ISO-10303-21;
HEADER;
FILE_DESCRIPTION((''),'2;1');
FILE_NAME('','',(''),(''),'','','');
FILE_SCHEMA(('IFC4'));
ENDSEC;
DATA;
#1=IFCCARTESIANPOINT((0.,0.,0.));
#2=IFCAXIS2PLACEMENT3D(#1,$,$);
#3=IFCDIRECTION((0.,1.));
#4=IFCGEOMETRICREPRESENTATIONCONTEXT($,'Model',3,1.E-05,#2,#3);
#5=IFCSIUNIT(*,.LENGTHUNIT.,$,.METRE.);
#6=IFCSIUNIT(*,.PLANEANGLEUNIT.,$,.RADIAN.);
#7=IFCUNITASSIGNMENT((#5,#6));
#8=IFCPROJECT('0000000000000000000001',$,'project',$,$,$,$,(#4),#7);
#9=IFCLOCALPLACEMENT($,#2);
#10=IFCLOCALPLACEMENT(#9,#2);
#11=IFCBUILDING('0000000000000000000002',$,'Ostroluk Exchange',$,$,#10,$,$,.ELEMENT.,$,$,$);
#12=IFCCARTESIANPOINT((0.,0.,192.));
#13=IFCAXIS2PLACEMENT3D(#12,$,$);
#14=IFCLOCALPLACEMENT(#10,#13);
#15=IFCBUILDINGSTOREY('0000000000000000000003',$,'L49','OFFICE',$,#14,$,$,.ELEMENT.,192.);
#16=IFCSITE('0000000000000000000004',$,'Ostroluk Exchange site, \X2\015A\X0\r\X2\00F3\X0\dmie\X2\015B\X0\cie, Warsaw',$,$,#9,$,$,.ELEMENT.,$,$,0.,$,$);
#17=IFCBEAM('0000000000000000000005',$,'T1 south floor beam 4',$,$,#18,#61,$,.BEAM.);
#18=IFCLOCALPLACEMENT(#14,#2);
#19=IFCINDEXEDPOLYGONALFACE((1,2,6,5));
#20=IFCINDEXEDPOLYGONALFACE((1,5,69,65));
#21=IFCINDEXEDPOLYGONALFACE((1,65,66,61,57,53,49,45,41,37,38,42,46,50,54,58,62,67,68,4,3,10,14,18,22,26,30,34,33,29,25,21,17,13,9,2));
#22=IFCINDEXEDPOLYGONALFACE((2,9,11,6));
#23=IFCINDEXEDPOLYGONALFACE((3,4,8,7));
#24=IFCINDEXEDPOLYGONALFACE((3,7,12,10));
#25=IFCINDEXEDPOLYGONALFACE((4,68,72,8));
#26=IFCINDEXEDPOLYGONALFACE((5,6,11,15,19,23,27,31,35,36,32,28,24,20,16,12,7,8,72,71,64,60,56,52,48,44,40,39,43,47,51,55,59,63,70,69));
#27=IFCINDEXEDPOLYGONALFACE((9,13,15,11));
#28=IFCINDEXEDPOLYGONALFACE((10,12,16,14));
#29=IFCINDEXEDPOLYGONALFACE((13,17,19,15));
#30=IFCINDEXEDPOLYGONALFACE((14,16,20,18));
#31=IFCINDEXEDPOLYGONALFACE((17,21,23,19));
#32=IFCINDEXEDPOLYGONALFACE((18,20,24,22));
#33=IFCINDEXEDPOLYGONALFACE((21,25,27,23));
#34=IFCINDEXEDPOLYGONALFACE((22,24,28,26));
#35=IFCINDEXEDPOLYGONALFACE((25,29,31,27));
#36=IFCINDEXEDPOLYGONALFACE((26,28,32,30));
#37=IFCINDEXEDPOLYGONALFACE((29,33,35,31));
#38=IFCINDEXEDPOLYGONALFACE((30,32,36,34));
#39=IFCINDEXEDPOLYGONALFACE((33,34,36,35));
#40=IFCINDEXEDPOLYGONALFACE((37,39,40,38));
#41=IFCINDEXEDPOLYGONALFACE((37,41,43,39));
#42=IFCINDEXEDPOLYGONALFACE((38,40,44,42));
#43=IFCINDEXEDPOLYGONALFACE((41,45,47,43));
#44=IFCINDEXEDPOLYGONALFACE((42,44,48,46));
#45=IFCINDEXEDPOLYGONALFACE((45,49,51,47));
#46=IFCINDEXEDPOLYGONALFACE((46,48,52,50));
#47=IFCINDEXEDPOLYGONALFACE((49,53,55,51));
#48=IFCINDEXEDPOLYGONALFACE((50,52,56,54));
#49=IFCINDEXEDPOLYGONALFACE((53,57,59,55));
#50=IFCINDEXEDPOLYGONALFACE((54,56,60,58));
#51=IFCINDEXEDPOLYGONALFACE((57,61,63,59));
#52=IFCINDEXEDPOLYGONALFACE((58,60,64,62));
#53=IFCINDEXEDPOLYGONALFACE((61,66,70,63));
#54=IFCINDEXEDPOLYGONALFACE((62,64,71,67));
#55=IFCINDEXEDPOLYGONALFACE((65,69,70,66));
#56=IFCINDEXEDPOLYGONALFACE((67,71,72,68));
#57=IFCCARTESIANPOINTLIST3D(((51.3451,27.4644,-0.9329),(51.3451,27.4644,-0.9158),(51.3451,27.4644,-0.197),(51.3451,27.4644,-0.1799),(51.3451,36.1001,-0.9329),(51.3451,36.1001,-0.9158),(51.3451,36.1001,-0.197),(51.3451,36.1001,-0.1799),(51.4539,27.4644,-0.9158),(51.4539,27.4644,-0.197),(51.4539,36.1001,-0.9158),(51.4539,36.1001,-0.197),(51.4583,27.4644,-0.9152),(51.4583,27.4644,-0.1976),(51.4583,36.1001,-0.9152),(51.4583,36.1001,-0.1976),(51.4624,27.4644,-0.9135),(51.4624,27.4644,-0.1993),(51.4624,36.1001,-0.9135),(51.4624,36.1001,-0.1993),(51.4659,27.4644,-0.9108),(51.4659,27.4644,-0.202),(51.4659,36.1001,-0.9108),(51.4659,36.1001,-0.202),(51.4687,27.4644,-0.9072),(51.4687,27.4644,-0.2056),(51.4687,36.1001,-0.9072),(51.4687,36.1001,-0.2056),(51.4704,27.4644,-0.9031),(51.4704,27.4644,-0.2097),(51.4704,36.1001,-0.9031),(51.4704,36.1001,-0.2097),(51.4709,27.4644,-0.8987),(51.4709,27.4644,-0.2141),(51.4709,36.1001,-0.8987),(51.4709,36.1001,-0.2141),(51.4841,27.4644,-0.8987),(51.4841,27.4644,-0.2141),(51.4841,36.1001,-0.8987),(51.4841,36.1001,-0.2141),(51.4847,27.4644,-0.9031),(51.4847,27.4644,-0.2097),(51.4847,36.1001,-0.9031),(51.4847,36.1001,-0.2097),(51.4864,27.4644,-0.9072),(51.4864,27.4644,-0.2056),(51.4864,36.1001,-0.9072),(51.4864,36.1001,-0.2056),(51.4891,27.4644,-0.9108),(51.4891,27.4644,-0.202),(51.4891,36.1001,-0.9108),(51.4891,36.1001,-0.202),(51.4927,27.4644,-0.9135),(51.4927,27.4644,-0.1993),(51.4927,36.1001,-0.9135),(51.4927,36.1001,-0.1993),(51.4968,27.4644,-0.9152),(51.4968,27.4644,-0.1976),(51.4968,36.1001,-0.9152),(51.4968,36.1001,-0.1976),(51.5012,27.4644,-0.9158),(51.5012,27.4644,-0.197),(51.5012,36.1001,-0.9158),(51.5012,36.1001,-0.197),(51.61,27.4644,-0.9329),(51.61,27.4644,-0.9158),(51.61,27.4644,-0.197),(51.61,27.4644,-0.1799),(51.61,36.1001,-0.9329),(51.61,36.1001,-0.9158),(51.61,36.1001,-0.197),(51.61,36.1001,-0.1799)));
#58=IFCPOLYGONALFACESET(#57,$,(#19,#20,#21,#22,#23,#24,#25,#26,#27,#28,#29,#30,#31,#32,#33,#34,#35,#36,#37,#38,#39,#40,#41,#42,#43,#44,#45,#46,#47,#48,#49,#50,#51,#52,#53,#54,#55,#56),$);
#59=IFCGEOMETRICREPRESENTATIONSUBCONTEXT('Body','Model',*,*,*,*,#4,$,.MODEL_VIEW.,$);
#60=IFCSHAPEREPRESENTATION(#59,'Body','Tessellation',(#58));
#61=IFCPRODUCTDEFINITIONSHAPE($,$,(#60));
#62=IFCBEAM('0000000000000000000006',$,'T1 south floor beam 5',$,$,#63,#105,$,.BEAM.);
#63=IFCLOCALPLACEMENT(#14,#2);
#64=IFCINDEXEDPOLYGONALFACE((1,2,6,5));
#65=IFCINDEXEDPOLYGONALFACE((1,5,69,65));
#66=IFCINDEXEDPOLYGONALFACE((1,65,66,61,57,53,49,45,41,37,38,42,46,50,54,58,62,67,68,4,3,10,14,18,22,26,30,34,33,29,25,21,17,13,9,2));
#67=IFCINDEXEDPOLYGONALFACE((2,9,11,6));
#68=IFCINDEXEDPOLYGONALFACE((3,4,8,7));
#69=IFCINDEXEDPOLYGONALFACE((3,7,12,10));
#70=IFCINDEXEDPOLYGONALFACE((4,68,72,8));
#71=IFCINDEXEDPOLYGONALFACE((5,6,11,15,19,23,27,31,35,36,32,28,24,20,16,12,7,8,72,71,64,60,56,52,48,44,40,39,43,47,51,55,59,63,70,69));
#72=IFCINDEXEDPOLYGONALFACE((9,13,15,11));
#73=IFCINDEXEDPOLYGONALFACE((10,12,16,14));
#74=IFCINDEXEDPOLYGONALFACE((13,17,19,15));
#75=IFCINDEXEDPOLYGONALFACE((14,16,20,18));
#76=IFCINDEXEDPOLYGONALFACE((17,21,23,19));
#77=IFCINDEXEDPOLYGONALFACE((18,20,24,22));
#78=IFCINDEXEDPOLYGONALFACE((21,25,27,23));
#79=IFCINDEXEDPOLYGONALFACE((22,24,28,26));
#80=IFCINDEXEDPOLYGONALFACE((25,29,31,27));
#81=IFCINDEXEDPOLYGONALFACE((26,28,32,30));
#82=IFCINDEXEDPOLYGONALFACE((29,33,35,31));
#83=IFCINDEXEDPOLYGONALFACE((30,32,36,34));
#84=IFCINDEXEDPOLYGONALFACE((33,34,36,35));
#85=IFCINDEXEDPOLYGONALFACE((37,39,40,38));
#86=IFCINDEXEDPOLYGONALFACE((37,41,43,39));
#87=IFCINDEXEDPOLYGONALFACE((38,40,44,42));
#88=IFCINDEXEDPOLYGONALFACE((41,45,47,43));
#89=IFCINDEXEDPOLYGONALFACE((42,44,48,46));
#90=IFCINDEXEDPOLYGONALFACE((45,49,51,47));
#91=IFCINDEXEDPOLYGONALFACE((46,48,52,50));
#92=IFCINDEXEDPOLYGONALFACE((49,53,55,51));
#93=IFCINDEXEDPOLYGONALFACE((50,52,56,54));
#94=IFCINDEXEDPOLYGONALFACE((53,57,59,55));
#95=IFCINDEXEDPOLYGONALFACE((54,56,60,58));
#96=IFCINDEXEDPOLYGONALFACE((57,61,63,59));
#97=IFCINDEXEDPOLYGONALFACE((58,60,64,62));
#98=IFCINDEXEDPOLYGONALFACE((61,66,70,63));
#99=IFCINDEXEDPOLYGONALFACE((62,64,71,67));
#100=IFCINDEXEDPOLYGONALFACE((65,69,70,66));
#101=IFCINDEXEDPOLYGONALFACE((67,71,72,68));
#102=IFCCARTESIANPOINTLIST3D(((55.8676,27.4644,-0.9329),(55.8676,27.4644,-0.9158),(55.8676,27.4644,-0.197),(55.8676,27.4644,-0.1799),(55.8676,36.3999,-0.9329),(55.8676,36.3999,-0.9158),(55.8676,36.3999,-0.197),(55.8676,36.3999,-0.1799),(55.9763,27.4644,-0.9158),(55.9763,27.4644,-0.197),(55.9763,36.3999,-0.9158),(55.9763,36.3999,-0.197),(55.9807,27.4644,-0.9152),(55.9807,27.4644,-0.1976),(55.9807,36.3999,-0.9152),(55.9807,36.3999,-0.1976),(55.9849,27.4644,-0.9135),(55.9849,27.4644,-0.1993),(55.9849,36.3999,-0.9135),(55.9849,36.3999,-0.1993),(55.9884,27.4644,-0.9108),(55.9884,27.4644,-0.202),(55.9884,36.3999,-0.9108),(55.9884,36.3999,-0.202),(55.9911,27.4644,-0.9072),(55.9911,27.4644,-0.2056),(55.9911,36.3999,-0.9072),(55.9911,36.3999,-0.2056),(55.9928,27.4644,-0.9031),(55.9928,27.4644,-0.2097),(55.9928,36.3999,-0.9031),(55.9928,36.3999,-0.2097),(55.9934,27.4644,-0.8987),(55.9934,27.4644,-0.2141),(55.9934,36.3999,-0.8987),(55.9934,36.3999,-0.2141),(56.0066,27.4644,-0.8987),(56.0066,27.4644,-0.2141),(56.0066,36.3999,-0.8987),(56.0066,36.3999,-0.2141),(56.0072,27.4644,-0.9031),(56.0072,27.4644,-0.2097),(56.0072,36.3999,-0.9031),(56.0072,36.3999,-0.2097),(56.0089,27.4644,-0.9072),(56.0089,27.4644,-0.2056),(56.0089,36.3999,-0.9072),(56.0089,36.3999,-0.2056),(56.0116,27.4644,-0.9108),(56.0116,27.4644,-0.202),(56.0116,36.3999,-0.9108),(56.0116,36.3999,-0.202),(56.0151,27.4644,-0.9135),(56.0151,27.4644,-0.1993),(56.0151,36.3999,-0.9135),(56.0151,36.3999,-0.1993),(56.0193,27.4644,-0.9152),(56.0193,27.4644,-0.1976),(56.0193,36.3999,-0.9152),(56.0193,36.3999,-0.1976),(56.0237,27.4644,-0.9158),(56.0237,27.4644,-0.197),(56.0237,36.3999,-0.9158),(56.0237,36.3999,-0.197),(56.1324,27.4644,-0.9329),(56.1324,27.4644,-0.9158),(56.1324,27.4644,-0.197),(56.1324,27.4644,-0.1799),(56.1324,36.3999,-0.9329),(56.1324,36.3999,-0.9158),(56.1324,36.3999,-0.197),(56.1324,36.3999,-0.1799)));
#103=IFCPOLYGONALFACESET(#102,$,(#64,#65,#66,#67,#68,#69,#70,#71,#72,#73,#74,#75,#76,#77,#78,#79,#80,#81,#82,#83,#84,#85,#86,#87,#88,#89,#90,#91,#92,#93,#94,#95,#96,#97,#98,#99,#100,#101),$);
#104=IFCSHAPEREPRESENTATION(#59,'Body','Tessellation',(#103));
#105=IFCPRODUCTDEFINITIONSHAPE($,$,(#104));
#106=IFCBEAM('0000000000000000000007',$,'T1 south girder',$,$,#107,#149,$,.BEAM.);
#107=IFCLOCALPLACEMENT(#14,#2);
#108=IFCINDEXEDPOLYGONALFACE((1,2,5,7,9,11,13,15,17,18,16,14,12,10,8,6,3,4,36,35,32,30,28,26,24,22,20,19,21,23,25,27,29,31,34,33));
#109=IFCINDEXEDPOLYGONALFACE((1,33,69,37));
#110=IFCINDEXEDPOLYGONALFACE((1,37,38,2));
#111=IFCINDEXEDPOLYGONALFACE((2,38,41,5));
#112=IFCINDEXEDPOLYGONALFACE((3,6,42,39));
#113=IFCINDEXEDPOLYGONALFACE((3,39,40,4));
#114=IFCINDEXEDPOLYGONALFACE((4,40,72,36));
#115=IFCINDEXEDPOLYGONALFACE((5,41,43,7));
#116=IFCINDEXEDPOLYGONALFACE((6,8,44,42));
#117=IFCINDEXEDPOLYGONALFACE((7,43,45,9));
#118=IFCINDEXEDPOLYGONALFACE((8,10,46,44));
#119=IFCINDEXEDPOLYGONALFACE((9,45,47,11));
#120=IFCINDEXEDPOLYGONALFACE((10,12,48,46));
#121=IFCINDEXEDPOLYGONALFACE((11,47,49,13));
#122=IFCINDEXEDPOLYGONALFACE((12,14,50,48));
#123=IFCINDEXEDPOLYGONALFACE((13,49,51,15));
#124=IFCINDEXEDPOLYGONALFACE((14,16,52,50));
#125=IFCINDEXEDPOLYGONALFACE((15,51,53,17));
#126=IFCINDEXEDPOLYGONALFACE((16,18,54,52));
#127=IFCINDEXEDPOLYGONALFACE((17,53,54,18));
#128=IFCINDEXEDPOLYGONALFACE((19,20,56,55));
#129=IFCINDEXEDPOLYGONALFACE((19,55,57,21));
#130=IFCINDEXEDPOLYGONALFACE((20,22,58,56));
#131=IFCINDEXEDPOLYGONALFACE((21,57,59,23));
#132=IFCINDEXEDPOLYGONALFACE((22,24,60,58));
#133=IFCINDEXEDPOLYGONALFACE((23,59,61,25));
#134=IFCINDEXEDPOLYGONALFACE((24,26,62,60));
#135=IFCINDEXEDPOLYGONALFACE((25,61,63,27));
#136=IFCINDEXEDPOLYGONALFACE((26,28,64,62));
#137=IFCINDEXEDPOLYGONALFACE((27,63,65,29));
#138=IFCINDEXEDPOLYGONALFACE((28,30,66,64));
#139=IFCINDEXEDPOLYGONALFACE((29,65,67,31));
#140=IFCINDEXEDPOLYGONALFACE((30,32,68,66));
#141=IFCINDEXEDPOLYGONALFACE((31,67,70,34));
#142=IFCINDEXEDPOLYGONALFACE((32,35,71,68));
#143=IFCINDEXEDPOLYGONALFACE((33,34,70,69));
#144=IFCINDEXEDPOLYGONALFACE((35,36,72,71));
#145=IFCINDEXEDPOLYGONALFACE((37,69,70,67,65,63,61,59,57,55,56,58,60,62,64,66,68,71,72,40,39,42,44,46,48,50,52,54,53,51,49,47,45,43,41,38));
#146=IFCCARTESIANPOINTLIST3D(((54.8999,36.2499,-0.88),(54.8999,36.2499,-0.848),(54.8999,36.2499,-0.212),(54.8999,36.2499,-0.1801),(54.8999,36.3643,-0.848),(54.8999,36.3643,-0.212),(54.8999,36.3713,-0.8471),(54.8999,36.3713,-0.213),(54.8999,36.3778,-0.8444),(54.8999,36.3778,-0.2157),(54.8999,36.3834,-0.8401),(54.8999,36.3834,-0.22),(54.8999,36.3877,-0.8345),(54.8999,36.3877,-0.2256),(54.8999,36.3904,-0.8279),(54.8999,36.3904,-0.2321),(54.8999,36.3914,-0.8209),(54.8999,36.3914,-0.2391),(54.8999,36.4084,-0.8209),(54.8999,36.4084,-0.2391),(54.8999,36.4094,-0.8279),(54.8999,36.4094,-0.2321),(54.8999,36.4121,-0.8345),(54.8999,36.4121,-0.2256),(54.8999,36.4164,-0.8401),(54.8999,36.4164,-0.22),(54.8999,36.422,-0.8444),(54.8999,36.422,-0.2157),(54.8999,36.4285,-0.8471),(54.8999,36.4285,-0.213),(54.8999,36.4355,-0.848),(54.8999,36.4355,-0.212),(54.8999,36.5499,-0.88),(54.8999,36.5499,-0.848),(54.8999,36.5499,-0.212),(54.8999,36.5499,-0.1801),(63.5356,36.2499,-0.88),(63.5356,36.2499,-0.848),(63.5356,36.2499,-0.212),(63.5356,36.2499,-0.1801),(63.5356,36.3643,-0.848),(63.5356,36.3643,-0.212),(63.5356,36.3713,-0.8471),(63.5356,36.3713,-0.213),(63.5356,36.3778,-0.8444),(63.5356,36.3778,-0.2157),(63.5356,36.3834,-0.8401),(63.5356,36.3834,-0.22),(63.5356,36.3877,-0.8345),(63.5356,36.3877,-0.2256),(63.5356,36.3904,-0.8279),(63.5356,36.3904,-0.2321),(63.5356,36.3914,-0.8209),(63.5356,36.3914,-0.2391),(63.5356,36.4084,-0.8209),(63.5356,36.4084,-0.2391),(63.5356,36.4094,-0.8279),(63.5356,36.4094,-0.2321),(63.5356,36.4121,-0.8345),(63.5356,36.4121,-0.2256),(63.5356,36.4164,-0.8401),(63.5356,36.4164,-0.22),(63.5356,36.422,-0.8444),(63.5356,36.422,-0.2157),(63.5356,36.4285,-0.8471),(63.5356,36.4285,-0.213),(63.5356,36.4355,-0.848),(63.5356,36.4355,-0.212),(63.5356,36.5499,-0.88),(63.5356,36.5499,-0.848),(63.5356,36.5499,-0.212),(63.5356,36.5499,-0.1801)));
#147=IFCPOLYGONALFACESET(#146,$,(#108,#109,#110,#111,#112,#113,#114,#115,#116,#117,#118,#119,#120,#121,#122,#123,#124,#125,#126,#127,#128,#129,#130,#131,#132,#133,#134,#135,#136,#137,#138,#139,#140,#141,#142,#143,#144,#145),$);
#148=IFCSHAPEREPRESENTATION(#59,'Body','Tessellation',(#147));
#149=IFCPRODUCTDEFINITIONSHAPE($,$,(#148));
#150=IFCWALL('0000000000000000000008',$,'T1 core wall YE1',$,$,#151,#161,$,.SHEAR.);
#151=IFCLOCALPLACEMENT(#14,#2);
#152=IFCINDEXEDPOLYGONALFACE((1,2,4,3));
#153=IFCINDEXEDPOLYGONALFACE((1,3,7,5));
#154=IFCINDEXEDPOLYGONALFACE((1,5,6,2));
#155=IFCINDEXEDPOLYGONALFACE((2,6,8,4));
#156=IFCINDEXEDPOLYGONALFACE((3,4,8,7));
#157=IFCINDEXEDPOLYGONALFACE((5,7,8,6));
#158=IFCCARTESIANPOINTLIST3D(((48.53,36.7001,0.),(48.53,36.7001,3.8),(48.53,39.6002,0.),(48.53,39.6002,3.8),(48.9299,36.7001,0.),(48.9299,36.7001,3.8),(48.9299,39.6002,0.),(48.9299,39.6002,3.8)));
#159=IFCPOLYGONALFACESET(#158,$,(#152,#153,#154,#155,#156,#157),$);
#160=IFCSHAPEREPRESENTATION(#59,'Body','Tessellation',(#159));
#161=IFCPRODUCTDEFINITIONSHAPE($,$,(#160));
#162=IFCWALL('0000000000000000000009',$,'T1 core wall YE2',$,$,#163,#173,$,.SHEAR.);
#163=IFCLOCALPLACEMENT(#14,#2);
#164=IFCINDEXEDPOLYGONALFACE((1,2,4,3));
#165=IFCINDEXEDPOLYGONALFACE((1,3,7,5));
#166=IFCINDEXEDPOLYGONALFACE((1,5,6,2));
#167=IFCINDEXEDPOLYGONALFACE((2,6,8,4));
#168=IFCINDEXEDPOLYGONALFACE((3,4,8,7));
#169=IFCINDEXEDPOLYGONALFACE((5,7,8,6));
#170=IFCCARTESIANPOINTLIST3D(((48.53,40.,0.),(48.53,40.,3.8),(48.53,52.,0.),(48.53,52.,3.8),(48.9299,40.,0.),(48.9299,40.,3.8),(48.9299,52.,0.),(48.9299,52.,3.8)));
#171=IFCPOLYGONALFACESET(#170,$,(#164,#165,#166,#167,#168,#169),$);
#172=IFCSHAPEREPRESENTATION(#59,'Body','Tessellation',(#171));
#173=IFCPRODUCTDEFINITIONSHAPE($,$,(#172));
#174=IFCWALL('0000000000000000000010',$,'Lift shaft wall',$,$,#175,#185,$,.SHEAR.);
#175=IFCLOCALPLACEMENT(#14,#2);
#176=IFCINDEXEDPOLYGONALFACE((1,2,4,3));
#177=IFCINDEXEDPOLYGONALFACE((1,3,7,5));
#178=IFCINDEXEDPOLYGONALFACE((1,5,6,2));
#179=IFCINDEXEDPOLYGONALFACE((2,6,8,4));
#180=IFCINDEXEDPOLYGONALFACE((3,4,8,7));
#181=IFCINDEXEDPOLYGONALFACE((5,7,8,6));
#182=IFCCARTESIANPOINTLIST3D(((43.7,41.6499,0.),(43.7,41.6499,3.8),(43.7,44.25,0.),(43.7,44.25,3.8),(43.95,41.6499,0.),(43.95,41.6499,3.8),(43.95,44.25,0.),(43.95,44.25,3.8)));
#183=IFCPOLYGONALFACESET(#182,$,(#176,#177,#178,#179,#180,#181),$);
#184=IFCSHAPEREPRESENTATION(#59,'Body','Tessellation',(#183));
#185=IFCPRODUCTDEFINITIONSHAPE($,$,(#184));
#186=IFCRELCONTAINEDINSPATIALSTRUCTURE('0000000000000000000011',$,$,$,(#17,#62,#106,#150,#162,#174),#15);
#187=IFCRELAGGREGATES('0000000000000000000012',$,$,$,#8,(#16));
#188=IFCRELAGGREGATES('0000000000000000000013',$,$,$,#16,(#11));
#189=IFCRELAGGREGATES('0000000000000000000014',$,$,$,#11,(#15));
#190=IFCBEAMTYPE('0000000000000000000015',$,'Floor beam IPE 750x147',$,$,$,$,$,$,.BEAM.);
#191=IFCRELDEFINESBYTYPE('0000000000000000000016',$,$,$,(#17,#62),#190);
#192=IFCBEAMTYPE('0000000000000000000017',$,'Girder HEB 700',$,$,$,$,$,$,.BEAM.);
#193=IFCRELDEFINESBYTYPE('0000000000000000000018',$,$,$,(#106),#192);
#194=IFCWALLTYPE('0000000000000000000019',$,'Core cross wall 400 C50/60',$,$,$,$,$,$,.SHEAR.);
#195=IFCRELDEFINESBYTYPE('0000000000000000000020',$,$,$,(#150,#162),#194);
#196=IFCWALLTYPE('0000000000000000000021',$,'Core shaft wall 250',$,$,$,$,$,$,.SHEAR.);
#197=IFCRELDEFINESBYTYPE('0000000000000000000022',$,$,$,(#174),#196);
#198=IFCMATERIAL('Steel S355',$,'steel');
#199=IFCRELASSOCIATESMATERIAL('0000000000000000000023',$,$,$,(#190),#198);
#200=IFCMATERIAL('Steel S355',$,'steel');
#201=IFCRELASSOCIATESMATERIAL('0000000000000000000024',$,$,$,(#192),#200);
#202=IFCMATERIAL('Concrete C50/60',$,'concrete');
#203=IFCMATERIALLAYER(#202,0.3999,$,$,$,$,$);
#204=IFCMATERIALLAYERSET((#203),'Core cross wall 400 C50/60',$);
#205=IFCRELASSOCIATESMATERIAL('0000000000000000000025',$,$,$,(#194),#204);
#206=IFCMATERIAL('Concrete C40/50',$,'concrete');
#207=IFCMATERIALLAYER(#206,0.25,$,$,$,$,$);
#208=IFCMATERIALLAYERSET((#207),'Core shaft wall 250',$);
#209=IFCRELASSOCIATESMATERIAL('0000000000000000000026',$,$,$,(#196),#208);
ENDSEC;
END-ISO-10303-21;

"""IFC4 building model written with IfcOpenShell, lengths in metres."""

from ifc_helpers import new_model, si_unit, direction, frame, frame_2d, origin, origin_2d, place, context, subcontext, project, spatial, rectangle, i_section, extrude, material, layer, layer_set, material_profile, profile_set, type_object, element, save


model = new_model("IFC4")

# Units and contexts
model_context = context("Model", 3, precision=1e-05, world=origin(), true_north=direction((0.0, 1.0)))
body_context = subcontext(model_context, "Body", "Model", "MODEL_VIEW")
ifc_project = project(units=[si_unit("LENGTHUNIT", "METRE"), si_unit("PLANEANGLEUNIT", "RADIAN")], contexts=[model_context])

# Site, building, storey
site_placement = place(None, origin())
site = spatial("IfcSite", under=ifc_project, at=site_placement, Name="Ostroluk Exchange site, Śródmieście, Warsaw", CompositionType="ELEMENT", RefElevation=0.0)
building_placement = place(site_placement, origin())
building = spatial("IfcBuilding", under=site, at=building_placement, Name="Ostroluk Exchange", CompositionType="ELEMENT")
storey_placement = place(building_placement, frame((0.0, 0.0, 192.0)))
storey = spatial("IfcBuildingStorey", under=building, at=storey_placement, Name="L49", Description="OFFICE", CompositionType="ELEMENT", Elevation=192.0)

# Beams
ifc_material_1 = material(Name="Steel S355", Category="steel")
ifc_material_profile_1 = material_profile(ifc_material_1, i_section(OverallWidth=0.2649, OverallDepth=0.7529, WebThickness=0.0132, FlangeThickness=0.0171, FilletRadius=0.0171, at=origin_2d()), Name="IPE 750x147")
ifc_profile_set_1 = profile_set([ifc_material_profile_1], Name="Steel S355")
beam_type_1 = type_object("IfcBeamType", Name="Floor beam IPE 750x147", PredefinedType="BEAM", material=ifc_profile_set_1)
for number, where, z_axis, x_axis, name in (
    (1, (51.4775, 36.1001, -0.5564), (0.0, -1.0, 0.0), (1.0, 0.0, 0.0), "T1 south floor beam 4"),
):
    element("IfcBeam", number, at=place(storey_placement, frame(where, z_axis=z_axis, x_axis=x_axis)), inside=storey, type_object=beam_type_1, Name=name, PredefinedType="BEAM", context=body_context, shape_type="SweptSolid", body=[
        extrude(i_section(OverallWidth=0.2649, OverallDepth=0.7529, WebThickness=0.0132, FlangeThickness=0.0171, FilletRadius=0.0171, at=origin_2d()), origin(), (0.0, 0.0, 1.0), 8.6357),
    ])
beam_1_placement = place(storey_placement, frame((56.0, 36.3999, -0.5564), z_axis=(0.0, -1.0, 0.0), x_axis=(1.0, 0.0, 0.0)))
element("IfcBeam", 2, at=beam_1_placement, inside=storey, type_object=beam_type_1, Name="T1 south floor beam 5", PredefinedType="BEAM", context=body_context, shape_type="SweptSolid", body=[
    extrude(i_section(OverallWidth=0.2649, OverallDepth=0.7529, WebThickness=0.0132, FlangeThickness=0.0171, FilletRadius=0.0171, at=origin_2d()), origin(), (0.0, 0.0, 1.0), 8.9355),
])
ifc_material_2 = material(Name="Steel S355", Category="steel")
ifc_material_profile_2 = material_profile(ifc_material_2, i_section(OverallWidth=0.3, OverallDepth=0.7, WebThickness=0.0171, FlangeThickness=0.032, FilletRadius=0.0271, at=origin_2d()), Name="HEB 700")
ifc_profile_set_2 = profile_set([ifc_material_profile_2], Name="Steel S355")
beam_type_2 = type_object("IfcBeamType", Name="Girder HEB 700", PredefinedType="BEAM", material=ifc_profile_set_2)
beam_2_placement = place(storey_placement, frame((54.8999, 36.3999, -0.53), z_axis=(1.0, 0.0, 0.0), x_axis=(0.0, 1.0, 0.0)))
element("IfcBeam", 3, at=beam_2_placement, inside=storey, type_object=beam_type_2, Name="T1 south girder", PredefinedType="BEAM", context=body_context, shape_type="SweptSolid", body=[
    extrude(i_section(OverallWidth=0.3, OverallDepth=0.7, WebThickness=0.0171, FlangeThickness=0.032, FilletRadius=0.0271, at=origin_2d()), origin(), (0.0, 0.0, 1.0), 8.6357),
])

# Walls
ifc_material_3 = material(Name="Concrete C50/60", Category="concrete")
ifc_layer_1 = layer(ifc_material_3, 0.3999)
ifc_layer_set_1 = layer_set([ifc_layer_1], Name="Core cross wall 400 C50/60")
wall_type_1 = type_object("IfcWallType", Name="Core cross wall 400 C50/60", PredefinedType="SHEAR", material=ifc_layer_set_1)
wall_1_placement = place(storey_placement, frame((48.73, 36.7, 0.0), z_axis=(0.0, 0.0, 1.0), x_axis=(0.0, 1.0, 0.0)))
element("IfcWall", 4, at=wall_1_placement, inside=storey, type_object=wall_type_1, Name="T1 core wall YE1", PredefinedType="SHEAR", context=body_context, shape_type="SweptSolid", body=[
    extrude(rectangle(XDim=2.9001, YDim=0.3999, at=frame_2d((1.4502, 0.0))), origin(), (0.0, 0.0, 1.0), 3.8),
])
wall_2_placement = place(storey_placement, frame((48.73, 40.0, 0.0), z_axis=(0.0, 0.0, 1.0), x_axis=(0.0, 1.0, 0.0)))
element("IfcWall", 5, at=wall_2_placement, inside=storey, type_object=wall_type_1, Name="T1 core wall YE2", PredefinedType="SHEAR", context=body_context, shape_type="SweptSolid", body=[
    extrude(rectangle(XDim=12.0, YDim=0.3999, at=frame_2d((6.0, 0.0))), origin(), (0.0, 0.0, 1.0), 3.8),
])

# Shared definitions
ifc_material_4 = material(Name="Concrete C40/50", Category="concrete")
ifc_layer_2 = layer(ifc_material_4, 0.25)
ifc_layer_set_2 = layer_set([ifc_layer_2], Name="Core shaft wall 250")
wall_type_2 = type_object("IfcWallType", Name="Core shaft wall 250", PredefinedType="SHEAR", material=ifc_layer_set_2)

# Wall
for number, where, z_axis, x_axis, name in (
    (6, (43.825, 44.25, 0.0), (0.0, 0.0, 1.0), (0.0, -1.0, 0.0), "Lift shaft wall"),
):
    element("IfcWall", number, at=place(storey_placement, frame(where, z_axis=z_axis, x_axis=x_axis)), inside=storey, type_object=wall_type_2, Name=name, PredefinedType="SHEAR", context=body_context, shape_type="SweptSolid", body=[
        extrude(rectangle(XDim=2.6001, YDim=0.25, at=frame_2d((1.3, 0.0))), origin(), (0.0, 0.0, 1.0), 3.8),
    ])

save(model, "model.ifc")
